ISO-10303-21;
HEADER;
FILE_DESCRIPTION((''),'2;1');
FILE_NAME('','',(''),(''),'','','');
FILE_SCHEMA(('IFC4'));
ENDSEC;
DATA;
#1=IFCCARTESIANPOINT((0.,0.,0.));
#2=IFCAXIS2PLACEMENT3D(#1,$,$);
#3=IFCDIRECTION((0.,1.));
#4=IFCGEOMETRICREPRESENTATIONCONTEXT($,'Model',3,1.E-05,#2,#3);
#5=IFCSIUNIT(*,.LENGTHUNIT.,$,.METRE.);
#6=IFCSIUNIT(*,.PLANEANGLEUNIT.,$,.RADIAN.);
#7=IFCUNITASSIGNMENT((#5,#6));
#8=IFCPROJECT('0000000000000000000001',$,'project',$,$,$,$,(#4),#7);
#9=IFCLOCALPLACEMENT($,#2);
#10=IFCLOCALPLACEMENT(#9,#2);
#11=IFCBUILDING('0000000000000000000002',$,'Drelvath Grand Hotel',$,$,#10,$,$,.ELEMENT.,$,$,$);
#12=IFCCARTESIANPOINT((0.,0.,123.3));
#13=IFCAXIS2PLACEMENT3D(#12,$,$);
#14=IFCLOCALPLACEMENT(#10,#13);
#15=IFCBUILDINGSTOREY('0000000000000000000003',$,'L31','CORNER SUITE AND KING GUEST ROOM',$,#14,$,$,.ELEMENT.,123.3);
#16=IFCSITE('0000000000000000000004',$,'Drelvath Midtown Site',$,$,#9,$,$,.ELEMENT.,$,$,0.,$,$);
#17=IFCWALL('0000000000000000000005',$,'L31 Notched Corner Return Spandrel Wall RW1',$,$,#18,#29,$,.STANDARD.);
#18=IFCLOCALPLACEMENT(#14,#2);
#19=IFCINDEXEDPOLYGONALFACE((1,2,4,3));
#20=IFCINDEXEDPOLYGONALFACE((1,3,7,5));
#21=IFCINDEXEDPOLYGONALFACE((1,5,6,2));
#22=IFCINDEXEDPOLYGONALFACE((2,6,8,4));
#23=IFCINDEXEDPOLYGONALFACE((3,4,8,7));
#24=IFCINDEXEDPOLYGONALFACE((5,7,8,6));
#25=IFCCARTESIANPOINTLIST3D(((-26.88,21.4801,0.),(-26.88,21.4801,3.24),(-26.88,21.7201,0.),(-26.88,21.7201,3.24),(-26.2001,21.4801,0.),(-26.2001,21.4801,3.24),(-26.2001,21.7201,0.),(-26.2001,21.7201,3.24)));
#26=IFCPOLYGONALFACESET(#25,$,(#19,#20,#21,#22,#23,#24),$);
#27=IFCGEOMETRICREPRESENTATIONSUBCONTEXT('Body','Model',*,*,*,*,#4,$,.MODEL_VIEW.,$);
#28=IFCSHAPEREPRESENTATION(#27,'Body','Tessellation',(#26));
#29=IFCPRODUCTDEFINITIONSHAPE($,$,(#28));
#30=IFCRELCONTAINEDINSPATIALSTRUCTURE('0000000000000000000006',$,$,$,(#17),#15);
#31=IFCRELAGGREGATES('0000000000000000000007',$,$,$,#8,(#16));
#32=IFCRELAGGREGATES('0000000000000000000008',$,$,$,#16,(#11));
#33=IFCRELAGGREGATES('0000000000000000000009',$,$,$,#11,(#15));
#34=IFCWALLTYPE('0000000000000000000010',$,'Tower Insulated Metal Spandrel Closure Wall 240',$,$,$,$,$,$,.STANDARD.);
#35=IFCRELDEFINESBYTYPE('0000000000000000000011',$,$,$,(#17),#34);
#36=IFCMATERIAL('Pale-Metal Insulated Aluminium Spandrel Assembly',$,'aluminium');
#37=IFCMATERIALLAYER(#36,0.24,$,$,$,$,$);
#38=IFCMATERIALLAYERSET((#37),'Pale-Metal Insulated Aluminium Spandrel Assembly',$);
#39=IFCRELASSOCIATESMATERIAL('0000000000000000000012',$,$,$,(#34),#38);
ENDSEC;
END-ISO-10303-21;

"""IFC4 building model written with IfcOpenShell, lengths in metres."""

from ifc_helpers import new_model, si_unit, direction, frame, frame_2d, origin, place, context, subcontext, project, spatial, rectangle, extrude, material, layer, layer_set, type_object, element, save


model = new_model("IFC4")

# Units and contexts
model_context = context("Model", 3, precision=1e-05, world=origin(), true_north=direction((0.0, 1.0)))
body_context = subcontext(model_context, "Body", "Model", "MODEL_VIEW")
ifc_project = project(units=[si_unit("LENGTHUNIT", "METRE"), si_unit("PLANEANGLEUNIT", "RADIAN")], contexts=[model_context])

# Site, building, storey
site_placement = place(None, origin())
site = spatial("IfcSite", under=ifc_project, at=site_placement, Name="Drelvath Midtown Site", CompositionType="ELEMENT", RefElevation=0.0)
building_placement = place(site_placement, origin())
building = spatial("IfcBuilding", under=site, at=building_placement, Name="Drelvath Grand Hotel", CompositionType="ELEMENT")
storey_placement = place(building_placement, frame((0.0, 0.0, 123.3)))
storey = spatial("IfcBuildingStorey", under=building, at=storey_placement, Name="L31", Description="CORNER SUITE AND KING GUEST ROOM", CompositionType="ELEMENT", Elevation=123.3)

# Wall
ifc_material_1 = material(Name="Pale-Metal Insulated Aluminium Spandrel Assembly", Category="aluminium")
ifc_layer_1 = layer(ifc_material_1, 0.24)
ifc_layer_set_1 = layer_set([ifc_layer_1], Name="Pale-Metal Insulated Aluminium Spandrel Assembly")
wall_type_1 = type_object("IfcWallType", Name="Tower Insulated Metal Spandrel Closure Wall 240", PredefinedType="STANDARD", material=ifc_layer_set_1)
wall_1_placement = place(storey_placement, frame((-26.8799, 21.6001, 0.0), z_axis=(0.0, 0.0, 1.0), x_axis=(1.0, 0.0, 0.0)))
element("IfcWall", 1, at=wall_1_placement, inside=storey, type_object=wall_type_1, Name="L31 Notched Corner Return Spandrel Wall RW1", PredefinedType="STANDARD", context=body_context, shape_type="SweptSolid", body=[
    extrude(rectangle(XDim=0.6799, YDim=0.24, at=frame_2d((0.3398, 0.0))), origin(), (0.0, 0.0, 1.0), 3.24),
])

save(model, "model.ifc")
